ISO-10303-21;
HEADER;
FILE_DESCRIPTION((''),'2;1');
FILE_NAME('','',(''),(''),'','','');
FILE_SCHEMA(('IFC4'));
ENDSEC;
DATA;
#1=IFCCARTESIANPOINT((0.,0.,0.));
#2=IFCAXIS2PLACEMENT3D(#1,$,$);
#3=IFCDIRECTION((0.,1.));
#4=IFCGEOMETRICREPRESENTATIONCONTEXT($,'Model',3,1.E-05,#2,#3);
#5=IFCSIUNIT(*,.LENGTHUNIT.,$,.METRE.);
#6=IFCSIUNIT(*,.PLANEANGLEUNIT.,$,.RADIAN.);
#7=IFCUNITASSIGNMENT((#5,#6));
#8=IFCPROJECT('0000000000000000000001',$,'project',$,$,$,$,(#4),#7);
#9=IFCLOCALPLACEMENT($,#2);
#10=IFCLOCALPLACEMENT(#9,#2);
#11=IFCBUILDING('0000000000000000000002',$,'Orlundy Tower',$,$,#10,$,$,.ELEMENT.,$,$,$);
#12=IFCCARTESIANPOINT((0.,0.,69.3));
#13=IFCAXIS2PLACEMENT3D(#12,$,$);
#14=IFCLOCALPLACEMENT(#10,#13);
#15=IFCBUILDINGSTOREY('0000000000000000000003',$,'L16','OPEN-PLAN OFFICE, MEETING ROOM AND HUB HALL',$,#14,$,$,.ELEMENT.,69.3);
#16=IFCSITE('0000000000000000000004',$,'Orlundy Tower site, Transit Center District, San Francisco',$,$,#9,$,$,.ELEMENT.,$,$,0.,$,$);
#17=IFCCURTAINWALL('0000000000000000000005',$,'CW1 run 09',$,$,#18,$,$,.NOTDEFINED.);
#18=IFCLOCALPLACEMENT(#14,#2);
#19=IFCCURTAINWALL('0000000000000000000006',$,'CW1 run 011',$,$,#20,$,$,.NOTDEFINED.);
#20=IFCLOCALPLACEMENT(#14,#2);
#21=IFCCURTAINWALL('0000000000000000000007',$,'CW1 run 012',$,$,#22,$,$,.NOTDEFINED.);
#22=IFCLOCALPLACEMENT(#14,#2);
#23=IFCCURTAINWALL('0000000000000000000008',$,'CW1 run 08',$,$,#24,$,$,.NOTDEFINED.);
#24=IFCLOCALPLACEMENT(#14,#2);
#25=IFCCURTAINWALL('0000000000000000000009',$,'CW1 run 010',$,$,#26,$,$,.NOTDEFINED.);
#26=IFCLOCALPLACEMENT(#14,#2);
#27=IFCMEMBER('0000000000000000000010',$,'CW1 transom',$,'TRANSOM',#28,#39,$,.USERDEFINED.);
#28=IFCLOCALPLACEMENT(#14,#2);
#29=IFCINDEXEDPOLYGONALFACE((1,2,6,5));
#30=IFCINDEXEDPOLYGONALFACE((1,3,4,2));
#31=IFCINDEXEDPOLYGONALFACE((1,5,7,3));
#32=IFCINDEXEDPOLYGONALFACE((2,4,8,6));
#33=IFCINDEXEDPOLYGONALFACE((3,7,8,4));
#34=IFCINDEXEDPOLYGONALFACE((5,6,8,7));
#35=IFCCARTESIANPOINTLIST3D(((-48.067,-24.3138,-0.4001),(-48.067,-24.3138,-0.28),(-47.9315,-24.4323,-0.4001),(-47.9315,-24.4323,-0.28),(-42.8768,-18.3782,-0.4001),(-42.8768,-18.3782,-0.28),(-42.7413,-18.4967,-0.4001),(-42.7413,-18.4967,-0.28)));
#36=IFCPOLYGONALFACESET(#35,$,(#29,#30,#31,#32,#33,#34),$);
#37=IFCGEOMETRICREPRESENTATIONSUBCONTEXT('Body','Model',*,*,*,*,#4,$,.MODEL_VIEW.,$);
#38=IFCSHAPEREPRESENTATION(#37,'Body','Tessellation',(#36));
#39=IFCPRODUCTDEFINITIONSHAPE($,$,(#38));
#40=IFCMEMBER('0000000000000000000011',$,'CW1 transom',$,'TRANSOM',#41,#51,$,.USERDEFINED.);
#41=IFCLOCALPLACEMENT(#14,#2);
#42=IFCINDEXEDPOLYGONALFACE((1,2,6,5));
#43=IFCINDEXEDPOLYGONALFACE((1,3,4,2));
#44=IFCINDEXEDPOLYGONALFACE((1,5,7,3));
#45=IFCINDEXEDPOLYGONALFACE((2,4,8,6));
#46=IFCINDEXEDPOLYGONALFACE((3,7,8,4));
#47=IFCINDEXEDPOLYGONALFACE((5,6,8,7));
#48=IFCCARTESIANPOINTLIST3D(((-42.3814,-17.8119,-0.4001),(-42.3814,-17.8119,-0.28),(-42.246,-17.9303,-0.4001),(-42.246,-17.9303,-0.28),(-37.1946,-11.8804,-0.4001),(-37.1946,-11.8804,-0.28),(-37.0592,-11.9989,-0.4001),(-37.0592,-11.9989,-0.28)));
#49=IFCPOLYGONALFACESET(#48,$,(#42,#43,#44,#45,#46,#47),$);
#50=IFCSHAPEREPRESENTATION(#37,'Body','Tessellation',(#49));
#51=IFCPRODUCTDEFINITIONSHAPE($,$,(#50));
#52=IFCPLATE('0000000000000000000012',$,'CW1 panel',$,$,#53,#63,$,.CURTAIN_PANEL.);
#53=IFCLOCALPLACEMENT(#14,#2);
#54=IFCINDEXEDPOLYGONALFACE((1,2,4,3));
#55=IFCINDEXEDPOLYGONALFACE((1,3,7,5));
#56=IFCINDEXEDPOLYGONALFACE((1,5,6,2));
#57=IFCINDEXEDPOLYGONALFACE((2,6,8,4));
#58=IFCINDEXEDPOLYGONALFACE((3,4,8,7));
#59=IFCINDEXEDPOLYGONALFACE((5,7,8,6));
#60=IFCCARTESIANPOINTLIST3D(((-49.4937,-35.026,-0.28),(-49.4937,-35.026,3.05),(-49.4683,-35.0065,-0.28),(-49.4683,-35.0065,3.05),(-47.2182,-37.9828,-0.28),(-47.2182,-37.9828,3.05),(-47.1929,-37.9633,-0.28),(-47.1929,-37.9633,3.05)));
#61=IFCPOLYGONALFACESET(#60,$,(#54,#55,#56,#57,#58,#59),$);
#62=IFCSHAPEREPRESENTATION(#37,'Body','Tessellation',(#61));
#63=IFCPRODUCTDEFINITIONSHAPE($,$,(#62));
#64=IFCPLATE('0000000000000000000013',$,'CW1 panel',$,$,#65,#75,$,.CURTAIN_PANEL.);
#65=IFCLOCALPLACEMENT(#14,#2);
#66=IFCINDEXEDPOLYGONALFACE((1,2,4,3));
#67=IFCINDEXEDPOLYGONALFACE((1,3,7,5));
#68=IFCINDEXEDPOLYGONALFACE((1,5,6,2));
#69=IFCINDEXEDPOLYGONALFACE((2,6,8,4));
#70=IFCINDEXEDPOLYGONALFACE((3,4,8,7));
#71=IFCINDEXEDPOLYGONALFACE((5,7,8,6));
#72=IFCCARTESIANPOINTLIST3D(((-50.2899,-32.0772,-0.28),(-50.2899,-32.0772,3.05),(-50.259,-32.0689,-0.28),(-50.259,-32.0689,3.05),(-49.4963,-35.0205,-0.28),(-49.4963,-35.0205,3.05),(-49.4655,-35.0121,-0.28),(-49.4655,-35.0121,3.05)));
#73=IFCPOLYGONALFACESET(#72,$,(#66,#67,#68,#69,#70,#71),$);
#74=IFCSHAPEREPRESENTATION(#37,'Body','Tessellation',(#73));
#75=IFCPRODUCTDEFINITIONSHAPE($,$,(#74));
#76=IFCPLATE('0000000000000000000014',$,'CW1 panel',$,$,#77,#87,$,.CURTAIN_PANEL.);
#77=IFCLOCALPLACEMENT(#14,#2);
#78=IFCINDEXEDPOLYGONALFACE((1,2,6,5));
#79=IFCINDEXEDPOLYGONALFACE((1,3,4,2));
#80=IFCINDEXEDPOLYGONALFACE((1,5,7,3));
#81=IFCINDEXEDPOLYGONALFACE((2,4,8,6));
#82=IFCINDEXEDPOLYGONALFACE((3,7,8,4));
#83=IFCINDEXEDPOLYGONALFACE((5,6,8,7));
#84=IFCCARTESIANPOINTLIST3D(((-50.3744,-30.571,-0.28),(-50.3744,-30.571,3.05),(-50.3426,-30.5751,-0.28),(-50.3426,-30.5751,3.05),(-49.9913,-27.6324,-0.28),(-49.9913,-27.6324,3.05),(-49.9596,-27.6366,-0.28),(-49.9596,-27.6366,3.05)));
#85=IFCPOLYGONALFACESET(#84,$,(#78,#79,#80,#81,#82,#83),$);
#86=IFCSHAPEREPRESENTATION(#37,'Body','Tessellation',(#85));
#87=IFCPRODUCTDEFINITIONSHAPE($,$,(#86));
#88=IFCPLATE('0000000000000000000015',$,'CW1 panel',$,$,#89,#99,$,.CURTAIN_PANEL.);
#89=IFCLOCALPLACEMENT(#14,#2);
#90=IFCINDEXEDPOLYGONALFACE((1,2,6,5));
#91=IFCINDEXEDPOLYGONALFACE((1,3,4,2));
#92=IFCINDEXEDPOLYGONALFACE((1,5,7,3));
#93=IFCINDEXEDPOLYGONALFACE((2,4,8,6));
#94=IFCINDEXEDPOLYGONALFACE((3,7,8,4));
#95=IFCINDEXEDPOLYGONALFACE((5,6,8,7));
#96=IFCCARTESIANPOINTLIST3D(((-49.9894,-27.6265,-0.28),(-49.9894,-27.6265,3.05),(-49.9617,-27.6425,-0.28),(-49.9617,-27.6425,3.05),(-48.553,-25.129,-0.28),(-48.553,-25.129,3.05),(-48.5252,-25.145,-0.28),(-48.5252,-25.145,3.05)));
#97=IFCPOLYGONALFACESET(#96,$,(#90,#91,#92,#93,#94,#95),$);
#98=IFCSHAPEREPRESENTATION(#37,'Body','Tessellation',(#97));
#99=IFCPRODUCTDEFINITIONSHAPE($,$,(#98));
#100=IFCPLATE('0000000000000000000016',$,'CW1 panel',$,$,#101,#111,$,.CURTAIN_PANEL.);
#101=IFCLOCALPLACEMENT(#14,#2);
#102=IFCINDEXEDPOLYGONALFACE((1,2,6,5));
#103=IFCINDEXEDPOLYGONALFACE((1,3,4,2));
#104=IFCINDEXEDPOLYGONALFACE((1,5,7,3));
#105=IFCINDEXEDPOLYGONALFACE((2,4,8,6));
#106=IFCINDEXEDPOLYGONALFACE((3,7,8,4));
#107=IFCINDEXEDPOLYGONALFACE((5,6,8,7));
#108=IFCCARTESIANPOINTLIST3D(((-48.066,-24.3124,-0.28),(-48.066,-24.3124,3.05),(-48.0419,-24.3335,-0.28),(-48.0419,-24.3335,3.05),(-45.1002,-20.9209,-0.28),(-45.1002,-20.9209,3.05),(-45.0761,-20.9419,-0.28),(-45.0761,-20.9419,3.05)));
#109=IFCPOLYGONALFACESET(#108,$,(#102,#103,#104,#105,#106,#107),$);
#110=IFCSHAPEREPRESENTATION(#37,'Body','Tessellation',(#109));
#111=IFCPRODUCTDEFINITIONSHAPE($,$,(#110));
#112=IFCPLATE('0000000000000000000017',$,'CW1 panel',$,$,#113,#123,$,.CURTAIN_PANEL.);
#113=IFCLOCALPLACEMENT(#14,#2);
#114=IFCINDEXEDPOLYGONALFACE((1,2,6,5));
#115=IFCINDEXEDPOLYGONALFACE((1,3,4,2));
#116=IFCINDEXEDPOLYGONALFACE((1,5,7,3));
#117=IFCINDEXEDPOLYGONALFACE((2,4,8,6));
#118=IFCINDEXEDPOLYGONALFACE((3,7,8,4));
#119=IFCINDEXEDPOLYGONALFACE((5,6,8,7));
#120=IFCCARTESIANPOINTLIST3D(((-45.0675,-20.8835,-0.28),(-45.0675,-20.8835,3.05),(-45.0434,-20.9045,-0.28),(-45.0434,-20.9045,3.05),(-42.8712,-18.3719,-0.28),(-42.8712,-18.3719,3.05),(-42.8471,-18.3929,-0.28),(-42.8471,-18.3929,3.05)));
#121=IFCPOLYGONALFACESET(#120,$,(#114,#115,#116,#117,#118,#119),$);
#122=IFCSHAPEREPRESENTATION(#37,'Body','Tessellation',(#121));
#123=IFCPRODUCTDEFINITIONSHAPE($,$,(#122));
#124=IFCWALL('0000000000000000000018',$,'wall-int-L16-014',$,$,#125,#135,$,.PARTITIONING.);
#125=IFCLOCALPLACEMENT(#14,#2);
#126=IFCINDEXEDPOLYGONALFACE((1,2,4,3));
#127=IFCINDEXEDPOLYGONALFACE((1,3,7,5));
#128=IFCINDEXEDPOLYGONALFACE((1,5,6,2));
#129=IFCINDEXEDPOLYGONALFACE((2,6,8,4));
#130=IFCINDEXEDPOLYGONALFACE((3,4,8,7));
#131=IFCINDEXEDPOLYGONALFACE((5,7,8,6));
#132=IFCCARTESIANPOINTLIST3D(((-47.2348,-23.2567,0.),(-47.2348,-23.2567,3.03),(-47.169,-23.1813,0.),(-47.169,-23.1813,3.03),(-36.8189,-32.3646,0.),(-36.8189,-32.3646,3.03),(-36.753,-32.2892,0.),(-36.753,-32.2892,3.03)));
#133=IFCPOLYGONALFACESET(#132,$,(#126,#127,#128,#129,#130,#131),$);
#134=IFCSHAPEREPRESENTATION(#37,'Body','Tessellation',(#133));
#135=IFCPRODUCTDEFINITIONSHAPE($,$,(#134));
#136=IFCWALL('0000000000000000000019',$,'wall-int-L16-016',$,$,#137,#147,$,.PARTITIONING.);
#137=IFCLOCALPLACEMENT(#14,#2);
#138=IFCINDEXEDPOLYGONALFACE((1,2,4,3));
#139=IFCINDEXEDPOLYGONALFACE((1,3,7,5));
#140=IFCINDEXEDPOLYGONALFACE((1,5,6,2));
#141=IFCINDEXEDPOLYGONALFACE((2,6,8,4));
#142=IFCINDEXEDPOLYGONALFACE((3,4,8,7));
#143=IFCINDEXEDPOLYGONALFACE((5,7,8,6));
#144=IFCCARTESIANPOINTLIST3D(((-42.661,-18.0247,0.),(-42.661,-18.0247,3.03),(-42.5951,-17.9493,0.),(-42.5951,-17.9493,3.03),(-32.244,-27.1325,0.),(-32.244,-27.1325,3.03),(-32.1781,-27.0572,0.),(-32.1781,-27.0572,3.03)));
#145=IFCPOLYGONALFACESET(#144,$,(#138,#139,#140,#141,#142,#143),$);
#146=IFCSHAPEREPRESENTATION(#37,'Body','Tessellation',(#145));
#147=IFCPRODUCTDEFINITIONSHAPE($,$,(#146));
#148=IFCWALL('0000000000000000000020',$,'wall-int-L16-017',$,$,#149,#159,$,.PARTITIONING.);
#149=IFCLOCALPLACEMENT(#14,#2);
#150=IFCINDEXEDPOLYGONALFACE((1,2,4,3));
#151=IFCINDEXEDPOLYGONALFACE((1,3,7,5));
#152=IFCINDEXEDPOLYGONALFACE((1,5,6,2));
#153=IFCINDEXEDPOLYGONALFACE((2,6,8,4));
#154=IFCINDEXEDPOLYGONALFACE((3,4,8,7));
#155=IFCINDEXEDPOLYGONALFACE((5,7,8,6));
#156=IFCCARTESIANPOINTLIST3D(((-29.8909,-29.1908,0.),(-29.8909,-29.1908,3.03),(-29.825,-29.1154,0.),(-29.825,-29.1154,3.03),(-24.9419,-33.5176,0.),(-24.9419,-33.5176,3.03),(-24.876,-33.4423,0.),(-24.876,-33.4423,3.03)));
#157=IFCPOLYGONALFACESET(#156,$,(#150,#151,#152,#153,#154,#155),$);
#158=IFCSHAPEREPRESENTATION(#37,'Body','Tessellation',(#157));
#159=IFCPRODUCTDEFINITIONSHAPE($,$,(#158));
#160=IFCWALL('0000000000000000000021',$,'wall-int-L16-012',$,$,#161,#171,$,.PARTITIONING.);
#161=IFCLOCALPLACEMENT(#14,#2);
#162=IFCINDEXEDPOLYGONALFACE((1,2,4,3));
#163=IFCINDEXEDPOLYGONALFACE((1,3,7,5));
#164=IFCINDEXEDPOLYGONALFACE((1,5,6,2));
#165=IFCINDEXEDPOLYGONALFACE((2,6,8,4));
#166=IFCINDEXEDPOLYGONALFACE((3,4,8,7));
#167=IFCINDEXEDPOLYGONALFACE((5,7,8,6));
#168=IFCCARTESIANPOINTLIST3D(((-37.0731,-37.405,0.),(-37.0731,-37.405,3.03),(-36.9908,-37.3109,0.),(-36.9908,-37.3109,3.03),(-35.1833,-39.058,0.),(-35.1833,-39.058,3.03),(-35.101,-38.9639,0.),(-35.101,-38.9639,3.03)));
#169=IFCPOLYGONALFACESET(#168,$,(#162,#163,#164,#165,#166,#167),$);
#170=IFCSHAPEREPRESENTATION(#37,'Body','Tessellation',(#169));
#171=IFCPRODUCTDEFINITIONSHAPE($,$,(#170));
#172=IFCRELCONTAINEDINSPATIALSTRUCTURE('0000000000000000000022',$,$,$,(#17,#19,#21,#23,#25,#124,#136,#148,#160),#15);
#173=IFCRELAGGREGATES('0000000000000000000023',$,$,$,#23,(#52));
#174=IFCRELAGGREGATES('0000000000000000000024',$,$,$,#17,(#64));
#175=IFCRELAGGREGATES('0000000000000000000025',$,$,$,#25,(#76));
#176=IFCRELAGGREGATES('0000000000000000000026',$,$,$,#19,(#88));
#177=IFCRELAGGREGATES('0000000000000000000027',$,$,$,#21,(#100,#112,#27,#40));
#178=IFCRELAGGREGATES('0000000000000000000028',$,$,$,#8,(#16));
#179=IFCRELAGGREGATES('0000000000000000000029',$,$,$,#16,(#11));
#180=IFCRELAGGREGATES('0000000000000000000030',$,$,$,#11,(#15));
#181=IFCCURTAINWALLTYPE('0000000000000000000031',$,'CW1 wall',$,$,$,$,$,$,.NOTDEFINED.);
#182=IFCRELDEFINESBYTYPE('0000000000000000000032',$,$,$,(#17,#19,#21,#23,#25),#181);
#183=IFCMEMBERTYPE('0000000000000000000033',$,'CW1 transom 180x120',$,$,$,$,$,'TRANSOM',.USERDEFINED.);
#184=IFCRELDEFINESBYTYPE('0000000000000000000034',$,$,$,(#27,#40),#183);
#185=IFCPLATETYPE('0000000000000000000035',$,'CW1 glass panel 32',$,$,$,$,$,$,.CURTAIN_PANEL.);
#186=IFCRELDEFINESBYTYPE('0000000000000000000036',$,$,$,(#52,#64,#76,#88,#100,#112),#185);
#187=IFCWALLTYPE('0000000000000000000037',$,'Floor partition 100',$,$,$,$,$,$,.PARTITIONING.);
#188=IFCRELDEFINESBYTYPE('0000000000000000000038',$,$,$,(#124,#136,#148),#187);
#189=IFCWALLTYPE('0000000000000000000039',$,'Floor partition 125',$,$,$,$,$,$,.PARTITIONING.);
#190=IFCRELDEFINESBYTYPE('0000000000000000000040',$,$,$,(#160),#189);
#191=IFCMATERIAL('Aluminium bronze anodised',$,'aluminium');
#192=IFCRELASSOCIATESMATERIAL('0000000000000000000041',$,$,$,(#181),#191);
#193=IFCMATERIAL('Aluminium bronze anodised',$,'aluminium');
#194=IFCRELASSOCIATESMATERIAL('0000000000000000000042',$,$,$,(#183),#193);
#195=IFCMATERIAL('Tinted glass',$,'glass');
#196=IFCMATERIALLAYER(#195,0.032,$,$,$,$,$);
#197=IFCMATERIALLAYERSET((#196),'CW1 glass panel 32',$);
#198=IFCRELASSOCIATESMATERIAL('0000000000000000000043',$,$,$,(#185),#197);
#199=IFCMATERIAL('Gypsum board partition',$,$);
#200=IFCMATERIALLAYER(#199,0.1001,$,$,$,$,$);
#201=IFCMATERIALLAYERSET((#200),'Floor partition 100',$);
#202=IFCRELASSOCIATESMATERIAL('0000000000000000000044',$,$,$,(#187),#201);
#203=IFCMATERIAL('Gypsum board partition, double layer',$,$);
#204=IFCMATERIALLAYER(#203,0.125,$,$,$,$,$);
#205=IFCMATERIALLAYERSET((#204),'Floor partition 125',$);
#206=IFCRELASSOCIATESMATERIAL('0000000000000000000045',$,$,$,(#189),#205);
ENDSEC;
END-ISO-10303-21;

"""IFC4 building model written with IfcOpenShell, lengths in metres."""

from ifc_helpers import new_model, si_unit, direction, frame, frame_2d, origin, origin_2d, place, context, subcontext, project, spatial, rectangle, extrude, material, layer, layer_set, material_profile, profile_set, type_object, element, aggregate, save


model = new_model("IFC4")

# Units and contexts
model_context = context("Model", 3, precision=1e-05, world=origin(), true_north=direction((0.0, 1.0)))
body_context = subcontext(model_context, "Body", "Model", "MODEL_VIEW")
ifc_project = project(units=[si_unit("LENGTHUNIT", "METRE"), si_unit("PLANEANGLEUNIT", "RADIAN")], contexts=[model_context])

# Site, building, storey
site_placement = place(None, origin())
site = spatial("IfcSite", under=ifc_project, at=site_placement, Name="Orlundy Tower site, Transit Center District, San Francisco", CompositionType="ELEMENT", RefElevation=0.0)
building_placement = place(site_placement, origin())
building = spatial("IfcBuilding", under=site, at=building_placement, Name="Orlundy Tower", CompositionType="ELEMENT")
storey_placement = place(building_placement, frame((0.0, 0.0, 69.3)))
storey = spatial("IfcBuildingStorey", under=building, at=storey_placement, Name="L16", Description="OPEN-PLAN OFFICE, MEETING ROOM AND HUB HALL", CompositionType="ELEMENT", Elevation=69.3)

# Curtain walls
ifc_material_1 = material(Name="Aluminium bronze anodised", Category="aluminium")
curtain_wall_type = type_object("IfcCurtainWallType", Name="CW1 wall", PredefinedType="NOTDEFINED", material=ifc_material_1)
curtain_wall_1_placement = place(storey_placement, origin())
curtain_wall_1 = element("IfcCurtainWall", 1, at=curtain_wall_1_placement, inside=storey, type_object=curtain_wall_type, Name="CW1 run 09", PredefinedType="NOTDEFINED")
curtain_wall_2_placement = place(storey_placement, origin())
curtain_wall_2 = element("IfcCurtainWall", 2, at=curtain_wall_2_placement, inside=storey, type_object=curtain_wall_type, Name="CW1 run 011", PredefinedType="NOTDEFINED")

# Curtain wall
curtain_wall_3_placement = place(storey_placement, origin())
curtain_wall_3 = element("IfcCurtainWall", 3, at=curtain_wall_3_placement, inside=storey, type_object=curtain_wall_type, Name="CW1 run 012", PredefinedType="NOTDEFINED")

# Curtain wall
curtain_wall_4_placement = place(storey_placement, origin())
curtain_wall_4 = element("IfcCurtainWall", 4, at=curtain_wall_4_placement, inside=storey, type_object=curtain_wall_type, Name="CW1 run 08", PredefinedType="NOTDEFINED")
ifc_material_2 = material(Name="Aluminium bronze anodised", Category="aluminium")
ifc_material_profile_1 = material_profile(ifc_material_2, rectangle(XDim=0.1799, YDim=0.1201, at=origin_2d()), Name="CW1 transom 180x120")
ifc_profile_set_1 = profile_set([ifc_material_profile_1], Name="Aluminium bronze anodised")
member_type_1 = type_object("IfcMemberType", Name="CW1 transom 180x120", ElementType="TRANSOM", PredefinedType="USERDEFINED", material=ifc_profile_set_1)

# Curtain wall
curtain_wall_5_placement = place(storey_placement, origin())
curtain_wall_5 = element("IfcCurtainWall", 5, at=curtain_wall_5_placement, inside=storey, type_object=curtain_wall_type, Name="CW1 run 010", PredefinedType="NOTDEFINED")

# Members
member_1_placement = place(storey_placement, frame((-47.9993, -24.373, -0.3401), z_axis=(0.658259, 0.752791, 0.0), x_axis=(-0.752791, 0.658259, 0.0)))
member_1 = element("IfcMember", 6, at=member_1_placement, type_object=member_type_1, Name="CW1 transom", ObjectType="TRANSOM", PredefinedType="USERDEFINED", context=body_context, shape_type="SweptSolid", body=[
    extrude(rectangle(XDim=0.1799, YDim=0.1201, at=origin_2d()), origin(), (0.0, 0.0, 1.0), 7.8848),
])
member_2_placement = place(storey_placement, frame((-42.3137, -17.8711, -0.3401), z_axis=(0.658274, 0.752778, 0.0), x_axis=(-0.752778, 0.658274, 0.0)))
member_2 = element("IfcMember", 7, at=member_2_placement, type_object=member_type_1, Name="CW1 transom", ObjectType="TRANSOM", PredefinedType="USERDEFINED", context=body_context, shape_type="SweptSolid", body=[
    extrude(rectangle(XDim=0.1799, YDim=0.1201, at=origin_2d()), origin(), (0.0, 0.0, 1.0), 7.8794),
])

# Plates
ifc_material_3 = material(Name="Tinted glass", Category="glass")
ifc_layer_1 = layer(ifc_material_3, 0.032)
ifc_layer_set_1 = layer_set([ifc_layer_1], Name="CW1 glass panel 32")
plate_type = type_object("IfcPlateType", Name="CW1 glass panel 32", PredefinedType="CURTAIN_PANEL", material=ifc_layer_set_1)
plate_1_placement = place(storey_placement, frame((-48.3433, -36.4946, -0.28), z_axis=(0.0, 0.0, 1.0), x_axis=(-0.60988, 0.792494, 0.0)))
plate_1 = element("IfcPlate", 8, at=plate_1_placement, type_object=plate_type, Name="CW1 panel", PredefinedType="CURTAIN_PANEL", context=body_context, shape_type="SweptSolid", body=[
    extrude(rectangle(XDim=3.731, YDim=0.032, at=origin_2d()), origin(), (0.0, 0.0, 1.0), 3.3301),
])
aggregate(curtain_wall_4, [plate_1])
plate_2_placement = place(storey_placement, frame((-49.8777, -33.5447, -0.28), z_axis=(0.0, 0.0, 1.0), x_axis=(-0.260331, 0.965519, 0.0)))
plate_2 = element("IfcPlate", 9, at=plate_2_placement, type_object=plate_type, Name="CW1 panel", PredefinedType="CURTAIN_PANEL", context=body_context, shape_type="SweptSolid", body=[
    extrude(rectangle(XDim=3.0483, YDim=0.032, at=origin_2d()), origin(), (0.0, 0.0, 1.0), 3.3301),
])
aggregate(curtain_wall_1, [plate_2])
plate_3_placement = place(storey_placement, frame((-50.167, -29.1038, -0.28), z_axis=(0.0, 0.0, 1.0), x_axis=(0.129247, 0.991612, 0.0)))
plate_3 = element("IfcPlate", 10, at=plate_3_placement, type_object=plate_type, Name="CW1 panel", PredefinedType="CURTAIN_PANEL", context=body_context, shape_type="SweptSolid", body=[
    extrude(rectangle(XDim=2.9634, YDim=0.032, at=origin_2d()), origin(), (0.0, 0.0, 1.0), 3.3301),
])
aggregate(curtain_wall_5, [plate_3])
plate_4_placement = place(storey_placement, frame((-49.2573, -26.3857, -0.28), z_axis=(0.0, 0.0, 1.0), x_axis=(0.498578, 0.866845, 0.0)))
plate_4 = element("IfcPlate", 11, at=plate_4_placement, type_object=plate_type, Name="CW1 panel", PredefinedType="CURTAIN_PANEL", context=body_context, shape_type="SweptSolid", body=[
    extrude(rectangle(XDim=2.8811, YDim=0.032, at=origin_2d()), origin(), (0.0, 0.0, 1.0), 3.3301),
])
aggregate(curtain_wall_2, [plate_4])
plate_5_placement = place(storey_placement, frame((-46.571, -22.6272, -0.28), z_axis=(0.0, 0.0, 1.0), x_axis=(0.658273, 0.752779, 0.0)))
plate_5 = element("IfcPlate", 12, at=plate_5_placement, type_object=plate_type, Name="CW1 panel", PredefinedType="CURTAIN_PANEL", context=body_context, shape_type="SweptSolid", body=[
    extrude(rectangle(XDim=4.5054, YDim=0.032, at=origin_2d()), origin(), (0.0, 0.0, 1.0), 3.3301),
])
plate_6_placement = place(storey_placement, frame((-43.9573, -19.6382, -0.28), z_axis=(0.0, 0.0, 1.0), x_axis=(0.658273, 0.752779, 0.0)))
plate_6 = element("IfcPlate", 13, at=plate_6_placement, type_object=plate_type, Name="CW1 panel", PredefinedType="CURTAIN_PANEL", context=body_context, shape_type="SweptSolid", body=[
    extrude(rectangle(XDim=3.3364, YDim=0.032, at=origin_2d()), origin(), (0.0, 0.0, 1.0), 3.3301),
])
aggregate(curtain_wall_3, [plate_5, plate_6, member_1, member_2])

# Walls
ifc_material_4 = material(Name="Gypsum board partition")
ifc_layer_2 = layer(ifc_material_4, 0.1001)
ifc_layer_set_2 = layer_set([ifc_layer_2], Name="Floor partition 100")
wall_type_1 = type_object("IfcWallType", Name="Floor partition 100", PredefinedType="PARTITIONING", material=ifc_layer_set_2)
wall_1_placement = place(storey_placement, frame((-47.2019, -23.219, 0.0), z_axis=(0.0, 0.0, 1.0), x_axis=(0.752795, -0.658255, 0.0)))
element("IfcWall", 14, at=wall_1_placement, inside=storey, type_object=wall_type_1, Name="wall-int-L16-014", PredefinedType="PARTITIONING", context=body_context, shape_type="SweptSolid", body=[
    extrude(rectangle(XDim=13.8364, YDim=0.1001, at=frame_2d((6.9182, 0.0))), origin(), (0.0, 0.0, 1.0), 3.03),
])
wall_2_placement = place(storey_placement, frame((-42.6279, -17.9871, 0.0), z_axis=(0.0, 0.0, 1.0), x_axis=(0.752826, -0.65822, 0.0)))
element("IfcWall", 15, at=wall_2_placement, inside=storey, type_object=wall_type_1, Name="wall-int-L16-016", PredefinedType="PARTITIONING", context=body_context, shape_type="SweptSolid", body=[
    extrude(rectangle(XDim=13.8372, YDim=0.1001, at=frame_2d((6.9185, 0.0))), origin(), (0.0, 0.0, 1.0), 3.03),
])
wall_3_placement = place(storey_placement, frame((-29.8579, -29.1531, 0.0), z_axis=(0.0, 0.0, 1.0), x_axis=(0.752837, -0.658207, 0.0)))
element("IfcWall", 16, at=wall_3_placement, inside=storey, type_object=wall_type_1, Name="wall-int-L16-017", PredefinedType="PARTITIONING", context=body_context, shape_type="SweptSolid", body=[
    extrude(rectangle(XDim=6.5737, YDim=0.1001, at=frame_2d((3.2869, 0.0))), origin(), (0.0, 0.0, 1.0), 3.03),
])
ifc_material_5 = material(Name="Gypsum board partition, double layer")
ifc_layer_3 = layer(ifc_material_5, 0.125)
ifc_layer_set_3 = layer_set([ifc_layer_3], Name="Floor partition 125")
wall_type_2 = type_object("IfcWallType", Name="Floor partition 125", PredefinedType="PARTITIONING", material=ifc_layer_set_3)
wall_4_placement = place(storey_placement, frame((-37.032, -37.3579, 0.0), z_axis=(0.0, 0.0, 1.0), x_axis=(0.752691, -0.658374, 0.0)))
element("IfcWall", 17, at=wall_4_placement, inside=storey, type_object=wall_type_2, Name="wall-int-L16-012", PredefinedType="PARTITIONING", context=body_context, shape_type="SweptSolid", body=[
    extrude(rectangle(XDim=2.5107, YDim=0.125, at=frame_2d((1.2554, 0.0))), origin(), (0.0, 0.0, 1.0), 3.03),
])

save(model, "model.ifc")
